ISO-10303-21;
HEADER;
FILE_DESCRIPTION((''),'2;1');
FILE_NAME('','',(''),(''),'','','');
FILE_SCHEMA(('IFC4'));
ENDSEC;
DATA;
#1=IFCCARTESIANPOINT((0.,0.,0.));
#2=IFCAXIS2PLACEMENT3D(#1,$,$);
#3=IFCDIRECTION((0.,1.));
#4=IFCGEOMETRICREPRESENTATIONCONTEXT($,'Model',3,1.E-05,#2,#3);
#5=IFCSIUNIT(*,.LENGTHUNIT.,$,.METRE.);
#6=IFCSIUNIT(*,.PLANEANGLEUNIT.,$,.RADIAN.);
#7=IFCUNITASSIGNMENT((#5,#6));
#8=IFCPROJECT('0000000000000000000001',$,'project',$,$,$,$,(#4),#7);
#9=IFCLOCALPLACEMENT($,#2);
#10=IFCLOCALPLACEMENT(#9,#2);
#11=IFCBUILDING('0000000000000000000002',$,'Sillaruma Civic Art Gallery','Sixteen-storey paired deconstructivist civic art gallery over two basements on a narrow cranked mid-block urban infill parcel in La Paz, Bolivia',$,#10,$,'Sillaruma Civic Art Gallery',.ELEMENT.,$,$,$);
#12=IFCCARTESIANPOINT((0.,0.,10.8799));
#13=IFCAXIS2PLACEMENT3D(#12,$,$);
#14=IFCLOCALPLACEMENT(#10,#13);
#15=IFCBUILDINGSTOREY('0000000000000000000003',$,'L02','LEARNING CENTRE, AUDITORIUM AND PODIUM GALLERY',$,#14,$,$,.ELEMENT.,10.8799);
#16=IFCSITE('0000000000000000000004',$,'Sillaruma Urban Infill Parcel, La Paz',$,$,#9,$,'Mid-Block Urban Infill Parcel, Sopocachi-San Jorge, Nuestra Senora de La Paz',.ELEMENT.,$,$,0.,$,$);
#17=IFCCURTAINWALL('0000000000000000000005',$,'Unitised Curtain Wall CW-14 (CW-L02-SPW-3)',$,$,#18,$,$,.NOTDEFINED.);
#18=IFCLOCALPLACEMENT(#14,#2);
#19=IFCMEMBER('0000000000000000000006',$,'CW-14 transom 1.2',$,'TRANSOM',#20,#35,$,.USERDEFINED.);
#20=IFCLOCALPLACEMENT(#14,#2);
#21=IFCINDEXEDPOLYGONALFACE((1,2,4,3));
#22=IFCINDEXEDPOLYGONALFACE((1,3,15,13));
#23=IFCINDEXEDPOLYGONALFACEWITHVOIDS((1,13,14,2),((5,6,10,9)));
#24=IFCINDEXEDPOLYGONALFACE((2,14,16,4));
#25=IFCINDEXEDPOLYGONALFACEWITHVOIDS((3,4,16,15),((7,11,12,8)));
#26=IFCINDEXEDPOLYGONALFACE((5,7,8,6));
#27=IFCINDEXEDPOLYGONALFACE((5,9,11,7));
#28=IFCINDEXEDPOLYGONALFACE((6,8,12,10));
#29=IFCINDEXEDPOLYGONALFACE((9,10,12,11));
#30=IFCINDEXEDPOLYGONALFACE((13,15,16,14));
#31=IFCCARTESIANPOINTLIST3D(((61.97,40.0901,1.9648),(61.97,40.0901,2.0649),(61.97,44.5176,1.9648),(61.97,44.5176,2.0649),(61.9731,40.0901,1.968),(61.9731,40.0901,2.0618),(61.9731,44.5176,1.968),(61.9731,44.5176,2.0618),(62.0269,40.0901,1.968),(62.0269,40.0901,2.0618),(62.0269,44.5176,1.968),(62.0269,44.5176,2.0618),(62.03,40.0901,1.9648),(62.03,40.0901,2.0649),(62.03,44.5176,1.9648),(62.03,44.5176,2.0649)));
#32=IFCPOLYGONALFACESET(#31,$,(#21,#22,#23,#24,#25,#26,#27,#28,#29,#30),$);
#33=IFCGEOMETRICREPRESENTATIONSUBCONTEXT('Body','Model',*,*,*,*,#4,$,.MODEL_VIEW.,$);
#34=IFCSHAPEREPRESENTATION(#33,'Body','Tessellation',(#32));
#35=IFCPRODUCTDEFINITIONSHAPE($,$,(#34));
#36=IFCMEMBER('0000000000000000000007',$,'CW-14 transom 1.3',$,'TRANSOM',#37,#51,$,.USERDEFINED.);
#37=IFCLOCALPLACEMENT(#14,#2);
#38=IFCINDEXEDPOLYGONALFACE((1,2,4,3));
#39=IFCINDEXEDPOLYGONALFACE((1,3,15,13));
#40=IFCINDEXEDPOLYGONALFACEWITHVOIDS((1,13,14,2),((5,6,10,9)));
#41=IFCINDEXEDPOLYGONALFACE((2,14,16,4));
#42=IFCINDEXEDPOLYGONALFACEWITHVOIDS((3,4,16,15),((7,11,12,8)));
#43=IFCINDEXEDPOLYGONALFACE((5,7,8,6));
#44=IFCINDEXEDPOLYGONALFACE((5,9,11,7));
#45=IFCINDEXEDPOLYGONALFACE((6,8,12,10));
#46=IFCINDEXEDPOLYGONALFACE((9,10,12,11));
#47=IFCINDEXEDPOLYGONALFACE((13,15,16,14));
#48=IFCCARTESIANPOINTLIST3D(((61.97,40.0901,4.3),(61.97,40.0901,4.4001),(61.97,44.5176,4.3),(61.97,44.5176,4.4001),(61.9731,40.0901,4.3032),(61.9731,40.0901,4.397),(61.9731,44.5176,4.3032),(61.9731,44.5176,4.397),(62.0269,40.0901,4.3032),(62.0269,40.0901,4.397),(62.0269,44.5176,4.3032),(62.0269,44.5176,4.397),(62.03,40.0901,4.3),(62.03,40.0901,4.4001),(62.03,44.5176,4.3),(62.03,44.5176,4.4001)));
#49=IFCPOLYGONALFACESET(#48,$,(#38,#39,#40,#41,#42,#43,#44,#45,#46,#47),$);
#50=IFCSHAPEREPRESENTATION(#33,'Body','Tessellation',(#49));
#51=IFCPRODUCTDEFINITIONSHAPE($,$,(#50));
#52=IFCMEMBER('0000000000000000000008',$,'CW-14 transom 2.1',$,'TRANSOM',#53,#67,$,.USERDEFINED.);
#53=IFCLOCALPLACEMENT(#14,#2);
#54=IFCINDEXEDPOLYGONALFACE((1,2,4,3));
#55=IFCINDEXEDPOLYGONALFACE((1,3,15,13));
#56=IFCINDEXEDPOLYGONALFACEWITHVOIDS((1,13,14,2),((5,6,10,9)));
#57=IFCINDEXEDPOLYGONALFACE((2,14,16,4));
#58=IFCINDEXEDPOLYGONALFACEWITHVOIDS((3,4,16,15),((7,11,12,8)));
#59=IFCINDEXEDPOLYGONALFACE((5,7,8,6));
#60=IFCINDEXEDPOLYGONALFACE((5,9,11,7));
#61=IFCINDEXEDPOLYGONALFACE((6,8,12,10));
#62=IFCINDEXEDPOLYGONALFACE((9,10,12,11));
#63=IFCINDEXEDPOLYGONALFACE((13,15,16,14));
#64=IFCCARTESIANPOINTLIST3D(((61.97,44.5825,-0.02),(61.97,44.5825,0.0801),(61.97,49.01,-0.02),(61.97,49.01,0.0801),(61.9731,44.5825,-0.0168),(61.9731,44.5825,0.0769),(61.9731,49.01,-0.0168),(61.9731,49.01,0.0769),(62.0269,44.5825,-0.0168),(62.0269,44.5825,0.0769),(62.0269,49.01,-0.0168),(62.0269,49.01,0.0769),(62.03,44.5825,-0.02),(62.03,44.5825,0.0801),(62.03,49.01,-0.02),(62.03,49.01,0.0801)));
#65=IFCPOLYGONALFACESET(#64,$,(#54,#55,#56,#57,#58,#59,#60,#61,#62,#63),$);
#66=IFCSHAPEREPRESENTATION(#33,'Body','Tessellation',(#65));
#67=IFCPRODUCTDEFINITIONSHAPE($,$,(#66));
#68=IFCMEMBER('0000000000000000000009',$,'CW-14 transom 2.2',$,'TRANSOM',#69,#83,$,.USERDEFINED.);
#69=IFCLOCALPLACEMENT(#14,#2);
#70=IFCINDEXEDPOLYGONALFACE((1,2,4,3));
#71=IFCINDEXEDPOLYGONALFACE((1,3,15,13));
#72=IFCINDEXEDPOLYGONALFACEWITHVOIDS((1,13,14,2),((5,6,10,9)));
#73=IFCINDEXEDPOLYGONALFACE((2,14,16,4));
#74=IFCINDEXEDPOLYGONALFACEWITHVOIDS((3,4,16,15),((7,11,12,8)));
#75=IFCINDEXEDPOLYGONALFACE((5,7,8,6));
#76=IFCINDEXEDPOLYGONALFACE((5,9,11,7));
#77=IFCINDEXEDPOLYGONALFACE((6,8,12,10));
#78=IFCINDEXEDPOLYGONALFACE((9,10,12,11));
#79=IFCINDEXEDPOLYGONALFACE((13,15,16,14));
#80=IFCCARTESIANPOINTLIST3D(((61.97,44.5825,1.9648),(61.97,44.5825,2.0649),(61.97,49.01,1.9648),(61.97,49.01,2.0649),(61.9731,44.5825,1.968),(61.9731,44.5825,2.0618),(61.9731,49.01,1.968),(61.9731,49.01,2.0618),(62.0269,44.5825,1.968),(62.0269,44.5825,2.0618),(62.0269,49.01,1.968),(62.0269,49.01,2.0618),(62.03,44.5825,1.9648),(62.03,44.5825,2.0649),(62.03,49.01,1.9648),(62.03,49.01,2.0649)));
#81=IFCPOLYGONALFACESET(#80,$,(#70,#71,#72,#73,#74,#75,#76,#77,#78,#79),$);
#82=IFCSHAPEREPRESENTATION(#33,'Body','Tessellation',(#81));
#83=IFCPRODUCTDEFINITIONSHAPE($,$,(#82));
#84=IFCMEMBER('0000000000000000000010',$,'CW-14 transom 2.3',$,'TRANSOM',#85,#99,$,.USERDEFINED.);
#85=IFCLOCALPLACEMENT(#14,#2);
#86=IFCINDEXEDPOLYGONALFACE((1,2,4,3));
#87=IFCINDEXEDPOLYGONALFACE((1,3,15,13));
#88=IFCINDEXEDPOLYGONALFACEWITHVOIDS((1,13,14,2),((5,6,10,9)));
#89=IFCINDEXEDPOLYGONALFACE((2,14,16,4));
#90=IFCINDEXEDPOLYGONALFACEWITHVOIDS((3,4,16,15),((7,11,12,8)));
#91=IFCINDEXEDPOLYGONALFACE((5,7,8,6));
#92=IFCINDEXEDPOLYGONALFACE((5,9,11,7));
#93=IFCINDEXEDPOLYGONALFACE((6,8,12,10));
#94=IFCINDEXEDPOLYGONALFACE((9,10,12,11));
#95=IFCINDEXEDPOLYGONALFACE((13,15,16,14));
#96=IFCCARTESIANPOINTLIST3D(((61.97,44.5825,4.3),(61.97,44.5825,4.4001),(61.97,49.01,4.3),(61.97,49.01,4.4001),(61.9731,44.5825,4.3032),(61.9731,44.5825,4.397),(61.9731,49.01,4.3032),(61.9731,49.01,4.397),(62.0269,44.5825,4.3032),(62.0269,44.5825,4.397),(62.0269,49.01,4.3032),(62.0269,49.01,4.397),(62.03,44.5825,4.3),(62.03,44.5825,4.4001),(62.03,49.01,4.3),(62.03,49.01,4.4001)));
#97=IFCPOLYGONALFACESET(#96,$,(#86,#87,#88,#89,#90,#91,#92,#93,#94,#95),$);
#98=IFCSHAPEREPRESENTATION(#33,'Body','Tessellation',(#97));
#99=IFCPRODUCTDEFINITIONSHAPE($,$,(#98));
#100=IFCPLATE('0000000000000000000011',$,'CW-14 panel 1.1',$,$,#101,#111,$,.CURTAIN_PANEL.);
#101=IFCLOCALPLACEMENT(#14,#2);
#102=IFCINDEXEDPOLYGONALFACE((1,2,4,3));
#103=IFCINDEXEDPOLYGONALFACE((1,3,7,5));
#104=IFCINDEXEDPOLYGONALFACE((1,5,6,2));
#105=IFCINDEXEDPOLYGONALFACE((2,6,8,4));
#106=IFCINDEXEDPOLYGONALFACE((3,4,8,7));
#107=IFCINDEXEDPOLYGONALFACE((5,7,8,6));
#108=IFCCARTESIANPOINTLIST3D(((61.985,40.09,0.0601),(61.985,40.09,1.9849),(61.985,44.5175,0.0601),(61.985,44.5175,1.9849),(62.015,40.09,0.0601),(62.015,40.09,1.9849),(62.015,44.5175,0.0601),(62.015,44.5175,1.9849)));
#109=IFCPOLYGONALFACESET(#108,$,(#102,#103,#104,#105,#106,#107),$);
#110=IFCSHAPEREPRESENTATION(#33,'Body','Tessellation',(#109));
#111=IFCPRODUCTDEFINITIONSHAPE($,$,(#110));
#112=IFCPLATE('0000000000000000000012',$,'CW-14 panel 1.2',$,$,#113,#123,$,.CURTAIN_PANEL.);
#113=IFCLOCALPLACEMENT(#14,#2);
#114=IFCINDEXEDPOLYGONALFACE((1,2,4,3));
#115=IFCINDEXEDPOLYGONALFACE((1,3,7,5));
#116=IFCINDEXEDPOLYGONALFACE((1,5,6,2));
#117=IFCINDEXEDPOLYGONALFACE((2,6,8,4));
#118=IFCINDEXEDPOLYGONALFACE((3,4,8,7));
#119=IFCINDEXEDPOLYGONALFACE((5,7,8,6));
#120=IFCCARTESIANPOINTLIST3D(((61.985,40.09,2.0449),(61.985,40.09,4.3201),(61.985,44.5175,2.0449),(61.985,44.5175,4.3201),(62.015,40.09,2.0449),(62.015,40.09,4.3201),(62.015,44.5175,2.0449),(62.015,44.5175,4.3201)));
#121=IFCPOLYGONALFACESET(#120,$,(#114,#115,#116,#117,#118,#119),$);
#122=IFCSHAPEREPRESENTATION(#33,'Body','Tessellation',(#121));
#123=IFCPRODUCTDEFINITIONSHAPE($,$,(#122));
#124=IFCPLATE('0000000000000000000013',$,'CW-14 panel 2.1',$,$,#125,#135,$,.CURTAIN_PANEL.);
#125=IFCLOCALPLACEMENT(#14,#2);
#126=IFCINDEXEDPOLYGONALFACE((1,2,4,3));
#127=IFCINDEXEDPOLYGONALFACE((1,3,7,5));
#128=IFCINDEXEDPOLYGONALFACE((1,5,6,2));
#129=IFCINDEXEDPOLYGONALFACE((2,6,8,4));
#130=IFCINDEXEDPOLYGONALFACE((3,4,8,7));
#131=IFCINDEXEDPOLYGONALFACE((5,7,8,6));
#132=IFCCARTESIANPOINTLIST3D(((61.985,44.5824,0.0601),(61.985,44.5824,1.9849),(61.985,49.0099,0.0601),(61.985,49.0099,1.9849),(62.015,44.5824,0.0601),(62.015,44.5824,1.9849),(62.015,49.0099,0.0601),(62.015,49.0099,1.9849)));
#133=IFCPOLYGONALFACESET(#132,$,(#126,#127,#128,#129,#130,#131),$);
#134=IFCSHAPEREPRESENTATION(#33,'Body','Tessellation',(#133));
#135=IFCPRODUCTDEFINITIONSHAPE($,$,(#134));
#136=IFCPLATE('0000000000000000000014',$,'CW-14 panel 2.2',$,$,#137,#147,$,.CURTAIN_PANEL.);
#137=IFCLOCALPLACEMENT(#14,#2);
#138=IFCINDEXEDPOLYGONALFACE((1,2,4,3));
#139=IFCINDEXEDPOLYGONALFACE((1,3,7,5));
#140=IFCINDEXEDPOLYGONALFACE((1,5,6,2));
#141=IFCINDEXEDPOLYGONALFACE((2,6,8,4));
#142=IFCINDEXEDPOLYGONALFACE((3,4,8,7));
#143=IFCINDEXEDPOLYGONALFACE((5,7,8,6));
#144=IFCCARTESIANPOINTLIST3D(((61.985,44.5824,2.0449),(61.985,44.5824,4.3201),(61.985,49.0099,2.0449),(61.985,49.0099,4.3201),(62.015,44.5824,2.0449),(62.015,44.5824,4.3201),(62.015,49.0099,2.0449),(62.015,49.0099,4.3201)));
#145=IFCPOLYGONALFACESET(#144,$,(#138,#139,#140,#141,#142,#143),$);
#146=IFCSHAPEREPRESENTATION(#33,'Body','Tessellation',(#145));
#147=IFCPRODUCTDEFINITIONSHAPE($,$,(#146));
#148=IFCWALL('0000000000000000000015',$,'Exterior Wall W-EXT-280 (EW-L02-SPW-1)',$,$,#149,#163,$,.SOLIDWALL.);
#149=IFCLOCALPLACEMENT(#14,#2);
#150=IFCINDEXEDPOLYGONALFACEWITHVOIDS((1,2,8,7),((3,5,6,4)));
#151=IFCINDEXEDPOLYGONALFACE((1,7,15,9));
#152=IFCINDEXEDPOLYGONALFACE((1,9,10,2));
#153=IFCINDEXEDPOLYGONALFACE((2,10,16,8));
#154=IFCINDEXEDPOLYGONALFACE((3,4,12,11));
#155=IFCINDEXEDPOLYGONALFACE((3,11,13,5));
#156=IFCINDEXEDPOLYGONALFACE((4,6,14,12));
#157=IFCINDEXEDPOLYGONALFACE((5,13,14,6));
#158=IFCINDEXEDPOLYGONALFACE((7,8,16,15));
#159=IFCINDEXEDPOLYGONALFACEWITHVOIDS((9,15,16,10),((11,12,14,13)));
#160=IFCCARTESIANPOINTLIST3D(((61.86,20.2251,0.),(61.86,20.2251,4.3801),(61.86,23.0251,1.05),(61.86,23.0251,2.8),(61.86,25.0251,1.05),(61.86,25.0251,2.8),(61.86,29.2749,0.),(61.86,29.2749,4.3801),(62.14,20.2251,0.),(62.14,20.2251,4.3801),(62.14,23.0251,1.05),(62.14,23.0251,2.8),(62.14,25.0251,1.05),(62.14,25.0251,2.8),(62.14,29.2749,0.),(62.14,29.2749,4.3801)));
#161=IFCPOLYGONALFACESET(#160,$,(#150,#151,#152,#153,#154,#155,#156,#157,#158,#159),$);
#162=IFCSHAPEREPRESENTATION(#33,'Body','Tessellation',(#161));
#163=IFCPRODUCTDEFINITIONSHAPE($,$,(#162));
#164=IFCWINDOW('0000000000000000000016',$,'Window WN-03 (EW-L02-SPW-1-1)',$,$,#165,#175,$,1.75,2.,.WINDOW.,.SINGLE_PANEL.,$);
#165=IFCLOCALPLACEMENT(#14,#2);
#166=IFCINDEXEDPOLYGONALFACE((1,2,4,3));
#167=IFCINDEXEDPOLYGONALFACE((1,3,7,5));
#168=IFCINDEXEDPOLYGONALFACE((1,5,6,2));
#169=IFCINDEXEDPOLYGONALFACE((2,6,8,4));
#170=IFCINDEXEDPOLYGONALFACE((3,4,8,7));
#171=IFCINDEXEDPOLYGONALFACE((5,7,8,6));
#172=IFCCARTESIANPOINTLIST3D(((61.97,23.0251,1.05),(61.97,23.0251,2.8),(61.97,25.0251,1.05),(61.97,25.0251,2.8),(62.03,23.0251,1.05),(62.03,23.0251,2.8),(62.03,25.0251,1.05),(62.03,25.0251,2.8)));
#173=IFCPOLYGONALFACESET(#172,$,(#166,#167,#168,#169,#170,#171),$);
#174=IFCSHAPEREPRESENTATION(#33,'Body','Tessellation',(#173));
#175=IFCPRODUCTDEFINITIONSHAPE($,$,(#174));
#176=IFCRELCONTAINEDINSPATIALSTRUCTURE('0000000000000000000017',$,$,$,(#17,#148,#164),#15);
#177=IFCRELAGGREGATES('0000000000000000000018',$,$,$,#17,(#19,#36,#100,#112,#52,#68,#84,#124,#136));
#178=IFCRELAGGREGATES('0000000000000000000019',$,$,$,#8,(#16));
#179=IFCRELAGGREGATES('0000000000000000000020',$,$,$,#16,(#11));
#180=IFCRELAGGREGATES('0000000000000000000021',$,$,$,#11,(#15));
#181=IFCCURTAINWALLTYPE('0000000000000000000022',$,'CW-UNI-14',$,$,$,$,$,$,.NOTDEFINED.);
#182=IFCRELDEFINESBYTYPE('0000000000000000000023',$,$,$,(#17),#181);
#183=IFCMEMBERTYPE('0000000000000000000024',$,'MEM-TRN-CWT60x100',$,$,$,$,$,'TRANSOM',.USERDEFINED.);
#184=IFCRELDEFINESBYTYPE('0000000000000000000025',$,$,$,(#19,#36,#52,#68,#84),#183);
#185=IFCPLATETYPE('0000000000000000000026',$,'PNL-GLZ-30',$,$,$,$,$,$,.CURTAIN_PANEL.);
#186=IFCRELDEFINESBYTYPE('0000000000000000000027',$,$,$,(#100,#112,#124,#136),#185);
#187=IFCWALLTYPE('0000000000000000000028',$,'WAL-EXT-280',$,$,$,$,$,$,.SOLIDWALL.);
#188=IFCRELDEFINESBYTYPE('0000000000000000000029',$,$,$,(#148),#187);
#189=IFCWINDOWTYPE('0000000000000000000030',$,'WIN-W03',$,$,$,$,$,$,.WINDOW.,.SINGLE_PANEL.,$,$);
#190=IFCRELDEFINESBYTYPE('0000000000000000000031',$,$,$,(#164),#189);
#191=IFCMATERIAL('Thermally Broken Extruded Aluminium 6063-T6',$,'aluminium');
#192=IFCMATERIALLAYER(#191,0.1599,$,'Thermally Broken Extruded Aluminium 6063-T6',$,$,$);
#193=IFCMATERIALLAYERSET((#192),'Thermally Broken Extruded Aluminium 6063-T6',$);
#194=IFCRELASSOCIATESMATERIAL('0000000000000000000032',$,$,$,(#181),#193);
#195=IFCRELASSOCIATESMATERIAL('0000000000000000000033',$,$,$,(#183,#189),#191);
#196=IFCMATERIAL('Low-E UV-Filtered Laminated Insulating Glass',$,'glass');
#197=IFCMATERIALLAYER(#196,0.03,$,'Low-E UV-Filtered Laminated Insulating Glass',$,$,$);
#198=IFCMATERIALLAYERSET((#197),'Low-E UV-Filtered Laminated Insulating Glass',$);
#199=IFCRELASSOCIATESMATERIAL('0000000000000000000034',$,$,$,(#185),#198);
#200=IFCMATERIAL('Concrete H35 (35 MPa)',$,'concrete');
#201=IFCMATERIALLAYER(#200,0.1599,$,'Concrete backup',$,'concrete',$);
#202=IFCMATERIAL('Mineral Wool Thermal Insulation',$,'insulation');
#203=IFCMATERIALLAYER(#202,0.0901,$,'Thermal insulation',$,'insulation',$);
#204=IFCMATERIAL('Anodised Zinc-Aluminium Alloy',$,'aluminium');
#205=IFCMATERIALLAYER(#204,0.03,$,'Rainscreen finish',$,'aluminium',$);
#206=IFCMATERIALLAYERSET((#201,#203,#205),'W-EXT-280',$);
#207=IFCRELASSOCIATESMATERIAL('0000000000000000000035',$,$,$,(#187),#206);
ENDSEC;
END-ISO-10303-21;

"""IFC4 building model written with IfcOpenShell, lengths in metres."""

from ifc_helpers import new_model, si_unit, direction, frame, frame_2d, origin, origin_2d, place, context, subcontext, project, spatial, rectangle, hollow_rectangle, extrude, material, layer, layer_set, material_profile, profile_set, type_object, element, fill, aggregate, save


model = new_model("IFC4")

# Units and contexts
model_context = context("Model", 3, precision=1e-05, world=origin(), true_north=direction((0.0, 1.0)))
body_context = subcontext(model_context, "Body", "Model", "MODEL_VIEW")
ifc_project = project(units=[si_unit("LENGTHUNIT", "METRE"), si_unit("PLANEANGLEUNIT", "RADIAN")], contexts=[model_context])

# Site, building, storey
site_placement = place(None, origin())
site = spatial("IfcSite", under=ifc_project, at=site_placement, Name="Sillaruma Urban Infill Parcel, La Paz", LongName="Mid-Block Urban Infill Parcel, Sopocachi-San Jorge, Nuestra Senora de La Paz", CompositionType="ELEMENT", RefElevation=0.0)
building_placement = place(site_placement, origin())
building = spatial("IfcBuilding", under=site, at=building_placement, Name="Sillaruma Civic Art Gallery", Description="Sixteen-storey paired deconstructivist civic art gallery over two basements on a narrow cranked mid-block urban infill parcel in La Paz, Bolivia", LongName="Sillaruma Civic Art Gallery", CompositionType="ELEMENT")
storey_placement = place(building_placement, frame((0.0, 0.0, 10.8799)))
storey = spatial("IfcBuildingStorey", under=building, at=storey_placement, Name="L02", Description="LEARNING CENTRE, AUDITORIUM AND PODIUM GALLERY", CompositionType="ELEMENT", Elevation=10.8799)

# Shared definitions
ifc_material_1 = material(Name="Concrete H35 (35 MPa)", Category="concrete")

# Curtain wall, members, plates
ifc_material_2 = material(Name="Thermally Broken Extruded Aluminium 6063-T6", Category="aluminium")
ifc_layer_1 = layer(ifc_material_2, 0.1599, Name="Thermally Broken Extruded Aluminium 6063-T6")
ifc_layer_set_1 = layer_set([ifc_layer_1], Name="Thermally Broken Extruded Aluminium 6063-T6")
curtain_wall_type = type_object("IfcCurtainWallType", Name="CW-UNI-14", PredefinedType="NOTDEFINED", material=ifc_layer_set_1)
curtain_wall_placement = place(storey_placement, origin())
curtain_wall = element("IfcCurtainWall", 1, at=curtain_wall_placement, inside=storey, type_object=curtain_wall_type, Name="Unitised Curtain Wall CW-14 (CW-L02-SPW-3)", PredefinedType="NOTDEFINED")
ifc_material_profile_1 = material_profile(ifc_material_2, hollow_rectangle(XDim=0.0601, YDim=0.1001, WallThickness=0.0032, at=origin_2d()), Name="CWT60x100")
ifc_profile_set_1 = profile_set([ifc_material_profile_1], Name="Thermally Broken Extruded Aluminium 6063-T6")
member_type_1 = type_object("IfcMemberType", Name="MEM-TRN-CWT60x100", ElementType="TRANSOM", PredefinedType="USERDEFINED", material=ifc_profile_set_1)
member_1_placement = place(storey_placement, frame((62.0, 40.0901, 2.0149), z_axis=(0.0, 1.0, 0.0), x_axis=(-1.0, 0.0, 0.0)))
member_1 = element("IfcMember", 2, at=member_1_placement, type_object=member_type_1, Name="CW-14 transom 1.2", ObjectType="TRANSOM", PredefinedType="USERDEFINED", context=body_context, shape_type="SweptSolid", body=[
    extrude(hollow_rectangle(XDim=0.0601, YDim=0.1001, WallThickness=0.0032, at=origin_2d()), origin(), (0.0, 0.0, 1.0), 4.4275),
])
member_2_placement = place(storey_placement, frame((62.0, 40.0901, 4.3501), z_axis=(0.0, 1.0, 0.0), x_axis=(-1.0, 0.0, 0.0)))
member_2 = element("IfcMember", 3, at=member_2_placement, type_object=member_type_1, Name="CW-14 transom 1.3", ObjectType="TRANSOM", PredefinedType="USERDEFINED", context=body_context, shape_type="SweptSolid", body=[
    extrude(hollow_rectangle(XDim=0.0601, YDim=0.1001, WallThickness=0.0032, at=origin_2d()), origin(), (0.0, 0.0, 1.0), 4.4275),
])
member_3_placement = place(storey_placement, frame((62.0, 44.5825, 0.03), z_axis=(0.0, 1.0, 0.0), x_axis=(-1.0, 0.0, 0.0)))
member_3 = element("IfcMember", 4, at=member_3_placement, type_object=member_type_1, Name="CW-14 transom 2.1", ObjectType="TRANSOM", PredefinedType="USERDEFINED", context=body_context, shape_type="SweptSolid", body=[
    extrude(hollow_rectangle(XDim=0.0601, YDim=0.1001, WallThickness=0.0032, at=origin_2d()), origin(), (0.0, 0.0, 1.0), 4.4275),
])
member_4_placement = place(storey_placement, frame((62.0, 44.5825, 2.0149), z_axis=(0.0, 1.0, 0.0), x_axis=(-1.0, 0.0, 0.0)))
member_4 = element("IfcMember", 5, at=member_4_placement, type_object=member_type_1, Name="CW-14 transom 2.2", ObjectType="TRANSOM", PredefinedType="USERDEFINED", context=body_context, shape_type="SweptSolid", body=[
    extrude(hollow_rectangle(XDim=0.0601, YDim=0.1001, WallThickness=0.0032, at=origin_2d()), origin(), (0.0, 0.0, 1.0), 4.4275),
])
member_5_placement = place(storey_placement, frame((62.0, 44.5825, 4.3501), z_axis=(0.0, 1.0, 0.0), x_axis=(-1.0, 0.0, 0.0)))
member_5 = element("IfcMember", 6, at=member_5_placement, type_object=member_type_1, Name="CW-14 transom 2.3", ObjectType="TRANSOM", PredefinedType="USERDEFINED", context=body_context, shape_type="SweptSolid", body=[
    extrude(hollow_rectangle(XDim=0.0601, YDim=0.1001, WallThickness=0.0032, at=origin_2d()), origin(), (0.0, 0.0, 1.0), 4.4275),
])
ifc_material_3 = material(Name="Low-E UV-Filtered Laminated Insulating Glass", Category="glass")
ifc_layer_2 = layer(ifc_material_3, 0.03, Name="Low-E UV-Filtered Laminated Insulating Glass")
ifc_layer_set_2 = layer_set([ifc_layer_2], Name="Low-E UV-Filtered Laminated Insulating Glass")
plate_type = type_object("IfcPlateType", Name="PNL-GLZ-30", PredefinedType="CURTAIN_PANEL", material=ifc_layer_set_2)
plate_1_placement = place(storey_placement, frame((62.0, 42.3037, 0.0601), z_axis=(0.0, 0.0, 1.0), x_axis=(0.0, 1.0, 0.0)))
plate_1 = element("IfcPlate", 7, at=plate_1_placement, type_object=plate_type, Name="CW-14 panel 1.1", PredefinedType="CURTAIN_PANEL", context=body_context, shape_type="SweptSolid", body=[
    extrude(rectangle(XDim=4.4275, YDim=0.03, at=origin_2d()), origin(), (0.0, 0.0, 1.0), 1.9248),
])
plate_2_placement = place(storey_placement, frame((62.0, 42.3037, 2.0449), z_axis=(0.0, 0.0, 1.0), x_axis=(0.0, 1.0, 0.0)))
plate_2 = element("IfcPlate", 8, at=plate_2_placement, type_object=plate_type, Name="CW-14 panel 1.2", PredefinedType="CURTAIN_PANEL", context=body_context, shape_type="SweptSolid", body=[
    extrude(rectangle(XDim=4.4275, YDim=0.03, at=origin_2d()), origin(), (0.0, 0.0, 1.0), 2.2751),
])
plate_3_placement = place(storey_placement, frame((62.0, 46.7961, 0.0601), z_axis=(0.0, 0.0, 1.0), x_axis=(0.0, 1.0, 0.0)))
plate_3 = element("IfcPlate", 9, at=plate_3_placement, type_object=plate_type, Name="CW-14 panel 2.1", PredefinedType="CURTAIN_PANEL", context=body_context, shape_type="SweptSolid", body=[
    extrude(rectangle(XDim=4.4275, YDim=0.03, at=origin_2d()), origin(), (0.0, 0.0, 1.0), 1.9248),
])
plate_4_placement = place(storey_placement, frame((62.0, 46.7961, 2.0449), z_axis=(0.0, 0.0, 1.0), x_axis=(0.0, 1.0, 0.0)))
plate_4 = element("IfcPlate", 10, at=plate_4_placement, type_object=plate_type, Name="CW-14 panel 2.2", PredefinedType="CURTAIN_PANEL", context=body_context, shape_type="SweptSolid", body=[
    extrude(rectangle(XDim=4.4275, YDim=0.03, at=origin_2d()), origin(), (0.0, 0.0, 1.0), 2.2751),
])
aggregate(curtain_wall, [member_1, member_2, plate_1, plate_2, member_3, member_4, member_5, plate_3, plate_4])

# Wall, opening, window
ifc_layer_3 = layer(ifc_material_1, 0.1599, Name="Concrete backup", Category="concrete")
ifc_material_4 = material(Name="Mineral Wool Thermal Insulation", Category="insulation")
ifc_layer_4 = layer(ifc_material_4, 0.0901, Name="Thermal insulation", Category="insulation")
ifc_material_5 = material(Name="Anodised Zinc-Aluminium Alloy", Category="aluminium")
ifc_layer_5 = layer(ifc_material_5, 0.03, Name="Rainscreen finish", Category="aluminium")
ifc_layer_set_3 = layer_set([ifc_layer_3, ifc_layer_4, ifc_layer_5], Name="W-EXT-280")
wall_type_1 = type_object("IfcWallType", Name="WAL-EXT-280", PredefinedType="SOLIDWALL", material=ifc_layer_set_3)
wall_1_placement = place(storey_placement, frame((62.0, 20.2251, 0.0), z_axis=(0.0, 0.0, 1.0), x_axis=(0.0, 1.0, 0.0)))
wall_1 = element("IfcWall", 11, at=wall_1_placement, inside=storey, type_object=wall_type_1, Name="Exterior Wall W-EXT-280 (EW-L02-SPW-1)", PredefinedType="SOLIDWALL", context=body_context, shape_type="SweptSolid", body=[
    extrude(rectangle(XDim=9.0498, YDim=0.28, at=frame_2d((4.5249, 0.0))), origin(), (0.0, 0.0, 1.0), 4.3801),
])
opening_1_placement = place(wall_1_placement, frame((2.8, 0.0, 1.05)))
opening_1 = element("IfcOpeningElement", 12, at=opening_1_placement, cuts=wall_1, PredefinedType="OPENING", context=body_context, shape_type="SweptSolid", body=[
    extrude(rectangle(XDim=2.0, YDim=1.75, at=frame_2d((1.0, 0.875))), frame((0.0, 0.1499, 0.0), z_axis=(0.0, -1.0, 0.0), x_axis=(1.0, 0.0, 0.0)), (0.0, 0.0, 1.0), 0.3),
])
window_type_1 = type_object("IfcWindowType", Name="WIN-W03", PartitioningType="SINGLE_PANEL", PredefinedType="WINDOW", material=ifc_material_2)
window_1_placement = place(opening_1_placement, origin())
window_1 = element("IfcWindow", 13, at=window_1_placement, inside=storey, type_object=window_type_1, Name="Window WN-03 (EW-L02-SPW-1-1)", OverallHeight=1.75, OverallWidth=2.0, PartitioningType="SINGLE_PANEL", PredefinedType="WINDOW", context=body_context, shape_type="SweptSolid", body=[
    extrude(rectangle(XDim=2.0, YDim=1.75, at=frame_2d((1.0, 0.875))), frame((0.0, 0.03, 0.0), z_axis=(0.0, -1.0, 0.0), x_axis=(1.0, 0.0, 0.0)), (0.0, 0.0, 1.0), 0.0601),
])
fill(opening_1, window_1)

save(model, "model.ifc")
